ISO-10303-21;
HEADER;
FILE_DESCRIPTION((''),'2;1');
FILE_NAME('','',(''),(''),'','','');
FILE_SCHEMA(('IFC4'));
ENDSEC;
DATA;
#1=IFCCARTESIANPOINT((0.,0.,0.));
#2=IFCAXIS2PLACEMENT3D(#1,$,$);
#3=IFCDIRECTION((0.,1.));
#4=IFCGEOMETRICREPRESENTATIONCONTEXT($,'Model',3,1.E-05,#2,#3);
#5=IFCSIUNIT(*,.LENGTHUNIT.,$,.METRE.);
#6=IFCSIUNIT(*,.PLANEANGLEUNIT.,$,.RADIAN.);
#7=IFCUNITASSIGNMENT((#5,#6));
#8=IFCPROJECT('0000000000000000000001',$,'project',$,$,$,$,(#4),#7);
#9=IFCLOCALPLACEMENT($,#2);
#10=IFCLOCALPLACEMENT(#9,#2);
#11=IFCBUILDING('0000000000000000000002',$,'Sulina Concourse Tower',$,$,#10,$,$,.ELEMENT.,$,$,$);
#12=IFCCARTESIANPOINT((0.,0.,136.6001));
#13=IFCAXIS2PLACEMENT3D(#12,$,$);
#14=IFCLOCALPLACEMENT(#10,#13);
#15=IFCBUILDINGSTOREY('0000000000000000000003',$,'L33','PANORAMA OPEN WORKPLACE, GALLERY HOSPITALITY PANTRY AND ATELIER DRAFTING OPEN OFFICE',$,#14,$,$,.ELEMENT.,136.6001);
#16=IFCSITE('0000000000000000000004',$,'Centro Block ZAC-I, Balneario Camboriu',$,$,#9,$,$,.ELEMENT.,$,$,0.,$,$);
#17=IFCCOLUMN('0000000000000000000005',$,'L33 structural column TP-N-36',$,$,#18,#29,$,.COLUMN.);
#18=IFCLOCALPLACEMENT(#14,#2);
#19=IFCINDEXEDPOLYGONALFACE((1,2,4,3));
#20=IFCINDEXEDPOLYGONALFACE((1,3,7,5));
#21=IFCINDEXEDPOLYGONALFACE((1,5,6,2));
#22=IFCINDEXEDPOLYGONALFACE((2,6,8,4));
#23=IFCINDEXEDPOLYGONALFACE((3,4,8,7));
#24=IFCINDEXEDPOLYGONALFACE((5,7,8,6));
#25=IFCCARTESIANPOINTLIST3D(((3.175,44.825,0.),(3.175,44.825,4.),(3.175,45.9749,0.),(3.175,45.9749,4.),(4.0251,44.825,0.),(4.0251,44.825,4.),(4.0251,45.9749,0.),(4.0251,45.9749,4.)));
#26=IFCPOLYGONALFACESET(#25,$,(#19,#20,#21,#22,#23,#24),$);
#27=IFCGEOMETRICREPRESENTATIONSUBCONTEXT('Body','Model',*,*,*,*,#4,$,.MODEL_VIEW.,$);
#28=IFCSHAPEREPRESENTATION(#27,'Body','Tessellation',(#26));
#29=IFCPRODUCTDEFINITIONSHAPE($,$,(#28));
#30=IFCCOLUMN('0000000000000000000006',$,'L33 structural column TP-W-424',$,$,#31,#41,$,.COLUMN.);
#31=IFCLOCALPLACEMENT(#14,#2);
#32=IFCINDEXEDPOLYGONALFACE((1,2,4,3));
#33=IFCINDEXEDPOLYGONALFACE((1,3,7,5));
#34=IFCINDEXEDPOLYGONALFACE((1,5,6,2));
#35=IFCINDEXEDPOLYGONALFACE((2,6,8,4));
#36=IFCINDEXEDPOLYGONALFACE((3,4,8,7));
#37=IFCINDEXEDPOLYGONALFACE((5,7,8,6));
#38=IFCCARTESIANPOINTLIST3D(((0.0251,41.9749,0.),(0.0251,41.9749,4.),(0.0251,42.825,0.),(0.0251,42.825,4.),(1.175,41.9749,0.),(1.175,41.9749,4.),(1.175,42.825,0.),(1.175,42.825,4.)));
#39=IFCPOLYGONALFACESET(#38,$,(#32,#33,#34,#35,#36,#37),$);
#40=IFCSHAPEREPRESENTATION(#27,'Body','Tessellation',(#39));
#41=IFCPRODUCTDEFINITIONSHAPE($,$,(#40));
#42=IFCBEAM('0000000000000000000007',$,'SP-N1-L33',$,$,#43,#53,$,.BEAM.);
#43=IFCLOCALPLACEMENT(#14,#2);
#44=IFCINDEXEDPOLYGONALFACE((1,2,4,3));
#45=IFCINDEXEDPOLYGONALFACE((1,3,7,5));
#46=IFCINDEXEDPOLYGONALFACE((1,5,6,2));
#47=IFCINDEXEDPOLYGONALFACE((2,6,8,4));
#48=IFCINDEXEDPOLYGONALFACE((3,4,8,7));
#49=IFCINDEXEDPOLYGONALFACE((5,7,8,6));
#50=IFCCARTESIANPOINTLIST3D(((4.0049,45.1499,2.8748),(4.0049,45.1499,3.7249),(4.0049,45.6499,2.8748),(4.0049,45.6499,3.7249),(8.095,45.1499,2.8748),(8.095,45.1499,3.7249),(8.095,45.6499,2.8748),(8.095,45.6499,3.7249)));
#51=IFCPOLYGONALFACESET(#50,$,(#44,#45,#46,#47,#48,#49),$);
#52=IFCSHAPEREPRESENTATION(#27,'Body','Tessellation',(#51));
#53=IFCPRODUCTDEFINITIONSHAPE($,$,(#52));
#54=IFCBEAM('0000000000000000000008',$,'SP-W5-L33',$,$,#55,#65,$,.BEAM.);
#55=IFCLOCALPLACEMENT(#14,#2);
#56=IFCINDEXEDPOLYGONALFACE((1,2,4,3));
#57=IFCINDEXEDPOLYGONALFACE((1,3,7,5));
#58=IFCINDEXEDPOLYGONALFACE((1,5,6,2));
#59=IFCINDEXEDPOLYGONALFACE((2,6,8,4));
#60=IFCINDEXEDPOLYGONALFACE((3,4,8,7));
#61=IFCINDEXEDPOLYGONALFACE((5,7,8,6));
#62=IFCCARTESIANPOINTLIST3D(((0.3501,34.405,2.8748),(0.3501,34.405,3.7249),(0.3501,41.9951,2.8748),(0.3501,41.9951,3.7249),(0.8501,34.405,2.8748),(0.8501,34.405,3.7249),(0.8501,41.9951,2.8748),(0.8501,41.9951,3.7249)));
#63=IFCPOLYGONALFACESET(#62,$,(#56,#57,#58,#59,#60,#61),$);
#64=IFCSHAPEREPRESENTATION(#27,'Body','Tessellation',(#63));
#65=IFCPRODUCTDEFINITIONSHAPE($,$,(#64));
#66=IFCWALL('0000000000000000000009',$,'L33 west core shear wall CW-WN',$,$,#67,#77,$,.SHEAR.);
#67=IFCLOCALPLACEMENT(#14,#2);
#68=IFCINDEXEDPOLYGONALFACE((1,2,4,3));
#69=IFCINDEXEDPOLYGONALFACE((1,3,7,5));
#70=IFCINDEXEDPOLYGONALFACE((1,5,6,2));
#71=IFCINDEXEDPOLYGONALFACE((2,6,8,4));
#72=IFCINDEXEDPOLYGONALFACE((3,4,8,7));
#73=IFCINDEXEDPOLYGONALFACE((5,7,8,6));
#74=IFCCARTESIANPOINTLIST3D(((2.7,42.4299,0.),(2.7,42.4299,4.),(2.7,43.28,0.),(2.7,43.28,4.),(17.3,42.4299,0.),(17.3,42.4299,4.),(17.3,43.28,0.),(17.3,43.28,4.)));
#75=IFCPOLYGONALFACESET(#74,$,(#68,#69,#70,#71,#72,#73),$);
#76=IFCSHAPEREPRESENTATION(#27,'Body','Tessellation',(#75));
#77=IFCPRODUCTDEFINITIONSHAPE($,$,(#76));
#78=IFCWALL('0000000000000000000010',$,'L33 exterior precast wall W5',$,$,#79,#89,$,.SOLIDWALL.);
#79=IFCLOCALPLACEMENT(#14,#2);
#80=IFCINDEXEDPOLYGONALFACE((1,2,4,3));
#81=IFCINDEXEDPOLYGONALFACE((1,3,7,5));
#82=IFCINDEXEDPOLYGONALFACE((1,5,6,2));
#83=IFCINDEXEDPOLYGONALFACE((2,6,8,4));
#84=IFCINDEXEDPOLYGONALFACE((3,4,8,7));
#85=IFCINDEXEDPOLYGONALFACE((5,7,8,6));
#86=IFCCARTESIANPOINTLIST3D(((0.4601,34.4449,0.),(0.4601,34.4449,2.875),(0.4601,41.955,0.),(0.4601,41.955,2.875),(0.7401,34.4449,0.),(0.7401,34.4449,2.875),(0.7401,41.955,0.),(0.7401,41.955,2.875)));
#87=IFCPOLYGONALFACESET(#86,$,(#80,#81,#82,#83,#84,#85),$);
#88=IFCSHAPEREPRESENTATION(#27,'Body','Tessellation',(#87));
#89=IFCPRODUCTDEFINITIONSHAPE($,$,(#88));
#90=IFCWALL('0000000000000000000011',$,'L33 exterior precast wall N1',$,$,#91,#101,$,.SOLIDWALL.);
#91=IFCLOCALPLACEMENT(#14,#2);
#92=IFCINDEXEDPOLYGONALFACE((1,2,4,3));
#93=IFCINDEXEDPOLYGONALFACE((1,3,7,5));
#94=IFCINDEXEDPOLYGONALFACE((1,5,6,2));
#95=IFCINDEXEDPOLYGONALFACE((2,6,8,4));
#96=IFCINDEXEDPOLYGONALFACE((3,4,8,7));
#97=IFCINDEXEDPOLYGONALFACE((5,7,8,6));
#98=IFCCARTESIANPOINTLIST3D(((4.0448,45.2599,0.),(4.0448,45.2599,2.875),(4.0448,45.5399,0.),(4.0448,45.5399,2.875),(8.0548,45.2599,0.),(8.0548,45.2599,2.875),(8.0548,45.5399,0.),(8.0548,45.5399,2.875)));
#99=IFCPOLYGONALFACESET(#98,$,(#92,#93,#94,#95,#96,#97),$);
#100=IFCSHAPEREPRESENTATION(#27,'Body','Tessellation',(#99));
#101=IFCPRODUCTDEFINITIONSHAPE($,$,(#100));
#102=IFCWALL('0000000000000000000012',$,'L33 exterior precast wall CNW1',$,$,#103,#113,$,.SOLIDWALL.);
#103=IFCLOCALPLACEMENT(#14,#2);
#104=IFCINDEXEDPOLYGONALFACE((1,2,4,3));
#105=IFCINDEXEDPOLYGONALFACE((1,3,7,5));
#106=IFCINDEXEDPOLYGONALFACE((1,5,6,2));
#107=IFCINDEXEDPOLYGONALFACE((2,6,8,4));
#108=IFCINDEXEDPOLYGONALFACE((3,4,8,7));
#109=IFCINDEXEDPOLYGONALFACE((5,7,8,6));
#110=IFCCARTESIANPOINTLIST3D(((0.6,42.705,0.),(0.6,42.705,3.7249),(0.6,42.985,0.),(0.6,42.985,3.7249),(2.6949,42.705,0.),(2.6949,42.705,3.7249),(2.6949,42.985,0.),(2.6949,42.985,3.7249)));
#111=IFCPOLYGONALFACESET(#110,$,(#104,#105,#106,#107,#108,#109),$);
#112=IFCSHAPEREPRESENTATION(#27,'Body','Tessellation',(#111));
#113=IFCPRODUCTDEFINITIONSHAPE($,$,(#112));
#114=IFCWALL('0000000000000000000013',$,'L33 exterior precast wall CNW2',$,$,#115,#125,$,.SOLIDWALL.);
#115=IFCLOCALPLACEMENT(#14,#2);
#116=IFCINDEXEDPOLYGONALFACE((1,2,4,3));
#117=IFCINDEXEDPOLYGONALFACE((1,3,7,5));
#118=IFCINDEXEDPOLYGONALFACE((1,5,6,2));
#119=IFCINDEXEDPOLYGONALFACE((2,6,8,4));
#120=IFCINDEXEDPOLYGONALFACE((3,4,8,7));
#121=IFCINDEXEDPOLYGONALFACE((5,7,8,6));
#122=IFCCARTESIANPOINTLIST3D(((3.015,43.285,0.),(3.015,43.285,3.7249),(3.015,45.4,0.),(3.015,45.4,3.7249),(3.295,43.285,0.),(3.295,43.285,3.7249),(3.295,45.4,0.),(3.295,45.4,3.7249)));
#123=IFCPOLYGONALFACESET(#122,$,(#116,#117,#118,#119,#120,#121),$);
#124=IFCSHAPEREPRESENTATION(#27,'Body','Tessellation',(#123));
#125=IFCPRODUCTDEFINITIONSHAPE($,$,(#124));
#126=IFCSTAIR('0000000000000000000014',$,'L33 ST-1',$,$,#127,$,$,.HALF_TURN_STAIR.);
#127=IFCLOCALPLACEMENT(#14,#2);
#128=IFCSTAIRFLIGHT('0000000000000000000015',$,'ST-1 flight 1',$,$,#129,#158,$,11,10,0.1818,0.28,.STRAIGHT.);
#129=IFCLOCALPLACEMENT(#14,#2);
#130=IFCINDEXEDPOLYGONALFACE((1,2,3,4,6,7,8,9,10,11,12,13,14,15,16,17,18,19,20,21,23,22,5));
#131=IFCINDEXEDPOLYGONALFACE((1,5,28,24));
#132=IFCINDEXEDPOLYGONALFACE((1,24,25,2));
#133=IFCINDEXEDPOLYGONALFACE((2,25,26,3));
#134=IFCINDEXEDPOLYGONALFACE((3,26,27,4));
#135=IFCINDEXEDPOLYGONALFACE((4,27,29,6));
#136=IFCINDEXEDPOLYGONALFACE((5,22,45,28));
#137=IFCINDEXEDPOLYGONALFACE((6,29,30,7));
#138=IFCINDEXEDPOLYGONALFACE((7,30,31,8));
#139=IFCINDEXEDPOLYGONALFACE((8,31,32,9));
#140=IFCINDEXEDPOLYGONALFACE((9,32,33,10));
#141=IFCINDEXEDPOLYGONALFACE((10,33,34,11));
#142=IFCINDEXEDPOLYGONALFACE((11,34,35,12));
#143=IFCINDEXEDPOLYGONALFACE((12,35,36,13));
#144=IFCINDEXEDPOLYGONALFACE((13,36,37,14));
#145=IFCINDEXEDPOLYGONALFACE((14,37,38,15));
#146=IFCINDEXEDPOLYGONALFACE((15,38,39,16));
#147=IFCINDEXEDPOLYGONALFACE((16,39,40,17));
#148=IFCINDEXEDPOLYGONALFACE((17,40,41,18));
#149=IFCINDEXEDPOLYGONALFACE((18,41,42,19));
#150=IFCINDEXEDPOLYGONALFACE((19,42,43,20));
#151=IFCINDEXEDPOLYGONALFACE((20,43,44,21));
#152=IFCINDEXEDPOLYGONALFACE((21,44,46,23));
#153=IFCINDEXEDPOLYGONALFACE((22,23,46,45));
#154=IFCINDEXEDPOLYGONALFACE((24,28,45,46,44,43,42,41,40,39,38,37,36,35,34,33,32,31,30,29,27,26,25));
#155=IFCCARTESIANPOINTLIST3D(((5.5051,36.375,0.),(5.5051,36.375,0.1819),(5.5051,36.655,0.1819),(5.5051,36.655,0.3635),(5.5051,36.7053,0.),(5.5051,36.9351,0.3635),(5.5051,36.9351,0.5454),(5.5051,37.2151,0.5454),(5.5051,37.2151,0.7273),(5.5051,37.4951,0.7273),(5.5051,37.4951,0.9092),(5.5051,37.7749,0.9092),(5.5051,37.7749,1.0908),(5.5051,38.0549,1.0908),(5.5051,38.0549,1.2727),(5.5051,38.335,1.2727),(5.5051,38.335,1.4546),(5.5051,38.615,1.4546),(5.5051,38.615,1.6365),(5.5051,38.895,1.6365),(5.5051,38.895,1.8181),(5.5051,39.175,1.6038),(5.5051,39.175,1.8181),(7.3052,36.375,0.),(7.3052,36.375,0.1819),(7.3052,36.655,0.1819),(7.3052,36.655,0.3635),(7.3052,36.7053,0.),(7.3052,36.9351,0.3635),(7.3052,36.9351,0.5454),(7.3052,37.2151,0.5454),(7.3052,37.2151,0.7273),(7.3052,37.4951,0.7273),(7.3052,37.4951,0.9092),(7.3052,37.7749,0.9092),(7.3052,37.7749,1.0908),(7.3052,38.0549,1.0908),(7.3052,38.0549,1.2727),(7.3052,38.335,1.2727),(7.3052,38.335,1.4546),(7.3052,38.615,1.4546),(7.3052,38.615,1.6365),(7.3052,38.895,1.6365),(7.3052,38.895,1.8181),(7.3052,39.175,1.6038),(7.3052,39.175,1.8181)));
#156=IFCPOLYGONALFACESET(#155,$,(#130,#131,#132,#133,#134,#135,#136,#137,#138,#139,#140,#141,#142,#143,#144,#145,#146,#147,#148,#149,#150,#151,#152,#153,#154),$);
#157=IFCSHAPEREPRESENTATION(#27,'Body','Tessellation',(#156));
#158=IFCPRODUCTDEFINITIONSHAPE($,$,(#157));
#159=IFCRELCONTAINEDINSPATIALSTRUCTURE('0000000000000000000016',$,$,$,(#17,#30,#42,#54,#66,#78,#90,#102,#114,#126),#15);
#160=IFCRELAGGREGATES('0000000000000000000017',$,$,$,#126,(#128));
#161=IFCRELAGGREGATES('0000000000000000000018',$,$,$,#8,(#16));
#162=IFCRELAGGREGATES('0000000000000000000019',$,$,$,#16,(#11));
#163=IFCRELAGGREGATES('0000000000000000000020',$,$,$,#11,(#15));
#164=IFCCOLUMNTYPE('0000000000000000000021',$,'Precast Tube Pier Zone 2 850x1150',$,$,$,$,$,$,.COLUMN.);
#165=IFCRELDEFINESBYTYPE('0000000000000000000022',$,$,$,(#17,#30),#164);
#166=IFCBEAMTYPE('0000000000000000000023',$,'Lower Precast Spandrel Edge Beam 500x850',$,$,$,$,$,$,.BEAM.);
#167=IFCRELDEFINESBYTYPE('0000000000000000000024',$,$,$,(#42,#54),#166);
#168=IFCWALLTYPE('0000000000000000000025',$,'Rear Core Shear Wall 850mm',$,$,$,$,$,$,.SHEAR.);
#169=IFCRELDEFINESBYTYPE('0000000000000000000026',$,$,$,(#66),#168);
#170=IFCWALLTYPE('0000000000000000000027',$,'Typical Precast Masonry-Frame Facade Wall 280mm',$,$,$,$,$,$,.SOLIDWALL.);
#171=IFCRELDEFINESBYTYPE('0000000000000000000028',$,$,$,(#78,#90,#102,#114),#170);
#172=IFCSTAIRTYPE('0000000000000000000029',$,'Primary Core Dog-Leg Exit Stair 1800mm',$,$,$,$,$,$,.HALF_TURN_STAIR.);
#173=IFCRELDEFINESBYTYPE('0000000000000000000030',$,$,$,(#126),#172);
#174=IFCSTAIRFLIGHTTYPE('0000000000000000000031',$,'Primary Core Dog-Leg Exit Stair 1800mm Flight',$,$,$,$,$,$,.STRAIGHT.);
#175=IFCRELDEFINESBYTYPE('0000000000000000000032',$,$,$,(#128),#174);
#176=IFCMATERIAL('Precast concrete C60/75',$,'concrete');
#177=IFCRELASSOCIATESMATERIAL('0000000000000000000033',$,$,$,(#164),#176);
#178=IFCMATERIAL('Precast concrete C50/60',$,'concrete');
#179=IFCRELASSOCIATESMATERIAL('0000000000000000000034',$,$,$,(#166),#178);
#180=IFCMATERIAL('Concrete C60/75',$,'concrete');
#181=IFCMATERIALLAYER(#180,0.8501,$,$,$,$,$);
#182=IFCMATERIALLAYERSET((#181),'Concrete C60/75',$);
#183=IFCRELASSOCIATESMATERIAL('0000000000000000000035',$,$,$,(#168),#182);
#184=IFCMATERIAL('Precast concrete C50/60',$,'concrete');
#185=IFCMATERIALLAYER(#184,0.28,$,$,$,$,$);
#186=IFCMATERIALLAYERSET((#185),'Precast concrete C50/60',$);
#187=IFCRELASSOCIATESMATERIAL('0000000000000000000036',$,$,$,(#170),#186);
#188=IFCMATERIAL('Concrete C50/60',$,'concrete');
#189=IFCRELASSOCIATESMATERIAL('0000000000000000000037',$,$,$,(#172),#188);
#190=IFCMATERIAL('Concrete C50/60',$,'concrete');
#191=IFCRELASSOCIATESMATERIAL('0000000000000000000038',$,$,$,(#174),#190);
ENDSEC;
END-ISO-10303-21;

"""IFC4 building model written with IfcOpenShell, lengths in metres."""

from ifc_helpers import new_model, si_unit, direction, frame, frame_2d, origin, origin_2d, place, context, subcontext, project, spatial, polyline, rectangle, outline, extrude, material, layer, layer_set, material_profile, profile_set, type_object, element, aggregate, save


model = new_model("IFC4")

# Units and contexts
model_context = context("Model", 3, precision=1e-05, world=origin(), true_north=direction((0.0, 1.0)))
body_context = subcontext(model_context, "Body", "Model", "MODEL_VIEW")
ifc_project = project(units=[si_unit("LENGTHUNIT", "METRE"), si_unit("PLANEANGLEUNIT", "RADIAN")], contexts=[model_context])

# Site, building, storey
site_placement = place(None, origin())
site = spatial("IfcSite", under=ifc_project, at=site_placement, Name="Centro Block ZAC-I, Balneario Camboriu", CompositionType="ELEMENT", RefElevation=0.0)
building_placement = place(site_placement, origin())
building = spatial("IfcBuilding", under=site, at=building_placement, Name="Sulina Concourse Tower", CompositionType="ELEMENT")
storey_placement = place(building_placement, frame((0.0, 0.0, 136.6001)))
storey = spatial("IfcBuildingStorey", under=building, at=storey_placement, Name="L33", Description="PANORAMA OPEN WORKPLACE, GALLERY HOSPITALITY PANTRY AND ATELIER DRAFTING OPEN OFFICE", CompositionType="ELEMENT", Elevation=136.6001)

# Columns
ifc_material_1 = material(Name="Precast concrete C60/75", Category="concrete")
ifc_material_profile_1 = material_profile(ifc_material_1, rectangle(XDim=0.8501, YDim=1.1499, at=origin_2d()), Name="PC 850x1150")
ifc_profile_set_1 = profile_set([ifc_material_profile_1], Name="Precast concrete C60/75")
column_type = type_object("IfcColumnType", Name="Precast Tube Pier Zone 2 850x1150", PredefinedType="COLUMN", material=ifc_profile_set_1)
for number, where, z_axis, x_axis, name in (
    (1, (3.6001, 45.3999, 0.0), (0.0, 0.0, 1.0), (1.0, 0.0, 0.0), "L33 structural column TP-N-36"),
    (2, (0.6001, 42.3999, 0.0), (0.0, 0.0, 1.0), (0.0, 1.0, 0.0), "L33 structural column TP-W-424"),
):
    element("IfcColumn", number, at=place(storey_placement, frame(where, z_axis=z_axis, x_axis=x_axis)), inside=storey, type_object=column_type, Name=name, PredefinedType="COLUMN", context=body_context, shape_type="SweptSolid", body=[
        extrude(rectangle(XDim=0.8501, YDim=1.1499, at=origin_2d()), origin(), (0.0, 0.0, 1.0), 4.0),
    ])

# Beams
ifc_material_2 = material(Name="Precast concrete C50/60", Category="concrete")
ifc_material_profile_2 = material_profile(ifc_material_2, rectangle(XDim=0.5, YDim=0.8501, at=origin_2d()), Name="RC 500x850")
ifc_profile_set_2 = profile_set([ifc_material_profile_2], Name="Precast concrete C50/60")
beam_type = type_object("IfcBeamType", Name="Lower Precast Spandrel Edge Beam 500x850", PredefinedType="BEAM", material=ifc_profile_set_2)
beam_1_placement = place(storey_placement, frame((4.0049, 45.3999, 3.2998), z_axis=(1.0, 0.0, 0.0), x_axis=(0.0, 1.0, 0.0)))
element("IfcBeam", 3, at=beam_1_placement, inside=storey, type_object=beam_type, Name="SP-N1-L33", PredefinedType="BEAM", context=body_context, shape_type="SweptSolid", body=[
    extrude(rectangle(XDim=0.5, YDim=0.8501, at=origin_2d()), origin(), (0.0, 0.0, 1.0), 4.0901),
])
beam_2_placement = place(storey_placement, frame((0.6001, 34.405, 3.2998), z_axis=(0.0, 1.0, 0.0), x_axis=(-1.0, 0.0, 0.0)))
element("IfcBeam", 4, at=beam_2_placement, inside=storey, type_object=beam_type, Name="SP-W5-L33", PredefinedType="BEAM", context=body_context, shape_type="SweptSolid", body=[
    extrude(rectangle(XDim=0.5, YDim=0.8501, at=origin_2d()), origin(), (0.0, 0.0, 1.0), 7.5901),
])

# Walls
ifc_material_3 = material(Name="Concrete C60/75", Category="concrete")
ifc_layer_1 = layer(ifc_material_3, 0.8501)
ifc_layer_set_1 = layer_set([ifc_layer_1], Name="Concrete C60/75")
wall_type_1 = type_object("IfcWallType", Name="Rear Core Shear Wall 850mm", PredefinedType="SHEAR", material=ifc_layer_set_1)
wall_1_placement = place(storey_placement, frame((2.7, 42.855, 0.0), z_axis=(0.0, 0.0, 1.0), x_axis=(1.0, 0.0, 0.0)))
element("IfcWall", 5, at=wall_1_placement, inside=storey, type_object=wall_type_1, Name="L33 west core shear wall CW-WN", PredefinedType="SHEAR", context=body_context, shape_type="SweptSolid", body=[
    extrude(rectangle(XDim=14.6001, YDim=0.8501, at=frame_2d((7.3, 0.0))), origin(), (0.0, 0.0, 1.0), 4.0),
])
ifc_material_4 = material(Name="Precast concrete C50/60", Category="concrete")
ifc_layer_2 = layer(ifc_material_4, 0.28)
ifc_layer_set_2 = layer_set([ifc_layer_2], Name="Precast concrete C50/60")
wall_type_2 = type_object("IfcWallType", Name="Typical Precast Masonry-Frame Facade Wall 280mm", PredefinedType="SOLIDWALL", material=ifc_layer_set_2)
wall_2_placement = place(storey_placement, frame((0.6001, 34.4451, 0.0), z_axis=(0.0, 0.0, 1.0), x_axis=(0.0, 1.0, 0.0)))
element("IfcWall", 6, at=wall_2_placement, inside=storey, type_object=wall_type_2, Name="L33 exterior precast wall W5", PredefinedType="SOLIDWALL", context=body_context, shape_type="SweptSolid", body=[
    extrude(rectangle(XDim=7.51, YDim=0.28, at=frame_2d((3.7549, 0.0))), origin(), (0.0, 0.0, 1.0), 2.875),
])
wall_3_placement = place(storey_placement, frame((4.0449, 45.3999, 0.0), z_axis=(0.0, 0.0, 1.0), x_axis=(1.0, 0.0, 0.0)))
element("IfcWall", 7, at=wall_3_placement, inside=storey, type_object=wall_type_2, Name="L33 exterior precast wall N1", PredefinedType="SOLIDWALL", context=body_context, shape_type="SweptSolid", body=[
    extrude(rectangle(XDim=4.01, YDim=0.28, at=frame_2d((2.0049, 0.0))), origin(), (0.0, 0.0, 1.0), 2.875),
])
wall_4_placement = place(storey_placement, frame((0.6001, 42.845, 0.0), z_axis=(0.0, 0.0, 1.0), x_axis=(1.0, 0.0, 0.0)))
element("IfcWall", 8, at=wall_4_placement, inside=storey, type_object=wall_type_2, Name="L33 exterior precast wall CNW1", PredefinedType="SOLIDWALL", context=body_context, shape_type="SweptSolid", body=[
    extrude(rectangle(XDim=2.095, YDim=0.28, at=frame_2d((1.0474, 0.0))), origin(), (0.0, 0.0, 1.0), 3.7249),
])
wall_5_placement = place(storey_placement, frame((3.155, 43.2849, 0.0), z_axis=(0.0, 0.0, 1.0), x_axis=(0.0, 1.0, 0.0)))
element("IfcWall", 9, at=wall_5_placement, inside=storey, type_object=wall_type_2, Name="L33 exterior precast wall CNW2", PredefinedType="SOLIDWALL", context=body_context, shape_type="SweptSolid", body=[
    extrude(rectangle(XDim=2.115, YDim=0.28, at=frame_2d((1.0576, 0.0))), origin(), (0.0, 0.0, 1.0), 3.7249),
])

# Stair, stair flight
ifc_material_5 = material(Name="Concrete C50/60", Category="concrete")
stair_type = type_object("IfcStairType", Name="Primary Core Dog-Leg Exit Stair 1800mm", PredefinedType="HALF_TURN_STAIR", material=ifc_material_5)
stair_placement = place(storey_placement, origin())
stair = element("IfcStair", 10, at=stair_placement, inside=storey, type_object=stair_type, Name="L33 ST-1", PredefinedType="HALF_TURN_STAIR")
ifc_material_6 = material(Name="Concrete C50/60", Category="concrete")
stair_flight_type = type_object("IfcStairFlightType", Name="Primary Core Dog-Leg Exit Stair 1800mm Flight", PredefinedType="STRAIGHT", material=ifc_material_6)
stair_flight_1_placement = place(storey_placement, frame((6.405, 36.375, 0.0), z_axis=(0.0, 0.0, 1.0), x_axis=(0.0, 1.0, 0.0)))
stair_flight_1 = element("IfcStairFlight", 11, at=stair_flight_1_placement, type_object=stair_flight_type, Name="ST-1 flight 1", NumberOfRisers=11, NumberOfTreads=10, PredefinedType="STRAIGHT", RiserHeight=0.1818, TreadLength=0.28, context=body_context, shape_type="SweptSolid", body=[
    extrude(outline(polyline([(0.0, 0.0), (0.0, 0.1819), (0.28, 0.1819), (0.28, 0.3635), (0.5601, 0.3635), (0.5601, 0.5454), (0.8401, 0.5454), (0.8401, 0.7273), (1.1201, 0.7273), (1.1201, 0.9092), (1.3999, 0.9092), (1.3999, 1.0908), (1.6799, 1.0908), (1.6799, 1.2727), (1.96, 1.2727), (1.96, 1.4546), (2.24, 1.4546), (2.24, 1.6365), (2.52, 1.6365), (2.52, 1.8181), (2.8, 1.8181), (2.8, 2.0), (2.8, 1.6038), (0.3303, 0.0), (0.0, 0.0)])), frame((0.0, 0.8999, 0.0), z_axis=(0.0, -1.0, 0.0), x_axis=(1.0, 0.0, 0.0)), (0.0, 0.0, 1.0), 1.8),
])
aggregate(stair, [stair_flight_1])

save(model, "model.ifc")
